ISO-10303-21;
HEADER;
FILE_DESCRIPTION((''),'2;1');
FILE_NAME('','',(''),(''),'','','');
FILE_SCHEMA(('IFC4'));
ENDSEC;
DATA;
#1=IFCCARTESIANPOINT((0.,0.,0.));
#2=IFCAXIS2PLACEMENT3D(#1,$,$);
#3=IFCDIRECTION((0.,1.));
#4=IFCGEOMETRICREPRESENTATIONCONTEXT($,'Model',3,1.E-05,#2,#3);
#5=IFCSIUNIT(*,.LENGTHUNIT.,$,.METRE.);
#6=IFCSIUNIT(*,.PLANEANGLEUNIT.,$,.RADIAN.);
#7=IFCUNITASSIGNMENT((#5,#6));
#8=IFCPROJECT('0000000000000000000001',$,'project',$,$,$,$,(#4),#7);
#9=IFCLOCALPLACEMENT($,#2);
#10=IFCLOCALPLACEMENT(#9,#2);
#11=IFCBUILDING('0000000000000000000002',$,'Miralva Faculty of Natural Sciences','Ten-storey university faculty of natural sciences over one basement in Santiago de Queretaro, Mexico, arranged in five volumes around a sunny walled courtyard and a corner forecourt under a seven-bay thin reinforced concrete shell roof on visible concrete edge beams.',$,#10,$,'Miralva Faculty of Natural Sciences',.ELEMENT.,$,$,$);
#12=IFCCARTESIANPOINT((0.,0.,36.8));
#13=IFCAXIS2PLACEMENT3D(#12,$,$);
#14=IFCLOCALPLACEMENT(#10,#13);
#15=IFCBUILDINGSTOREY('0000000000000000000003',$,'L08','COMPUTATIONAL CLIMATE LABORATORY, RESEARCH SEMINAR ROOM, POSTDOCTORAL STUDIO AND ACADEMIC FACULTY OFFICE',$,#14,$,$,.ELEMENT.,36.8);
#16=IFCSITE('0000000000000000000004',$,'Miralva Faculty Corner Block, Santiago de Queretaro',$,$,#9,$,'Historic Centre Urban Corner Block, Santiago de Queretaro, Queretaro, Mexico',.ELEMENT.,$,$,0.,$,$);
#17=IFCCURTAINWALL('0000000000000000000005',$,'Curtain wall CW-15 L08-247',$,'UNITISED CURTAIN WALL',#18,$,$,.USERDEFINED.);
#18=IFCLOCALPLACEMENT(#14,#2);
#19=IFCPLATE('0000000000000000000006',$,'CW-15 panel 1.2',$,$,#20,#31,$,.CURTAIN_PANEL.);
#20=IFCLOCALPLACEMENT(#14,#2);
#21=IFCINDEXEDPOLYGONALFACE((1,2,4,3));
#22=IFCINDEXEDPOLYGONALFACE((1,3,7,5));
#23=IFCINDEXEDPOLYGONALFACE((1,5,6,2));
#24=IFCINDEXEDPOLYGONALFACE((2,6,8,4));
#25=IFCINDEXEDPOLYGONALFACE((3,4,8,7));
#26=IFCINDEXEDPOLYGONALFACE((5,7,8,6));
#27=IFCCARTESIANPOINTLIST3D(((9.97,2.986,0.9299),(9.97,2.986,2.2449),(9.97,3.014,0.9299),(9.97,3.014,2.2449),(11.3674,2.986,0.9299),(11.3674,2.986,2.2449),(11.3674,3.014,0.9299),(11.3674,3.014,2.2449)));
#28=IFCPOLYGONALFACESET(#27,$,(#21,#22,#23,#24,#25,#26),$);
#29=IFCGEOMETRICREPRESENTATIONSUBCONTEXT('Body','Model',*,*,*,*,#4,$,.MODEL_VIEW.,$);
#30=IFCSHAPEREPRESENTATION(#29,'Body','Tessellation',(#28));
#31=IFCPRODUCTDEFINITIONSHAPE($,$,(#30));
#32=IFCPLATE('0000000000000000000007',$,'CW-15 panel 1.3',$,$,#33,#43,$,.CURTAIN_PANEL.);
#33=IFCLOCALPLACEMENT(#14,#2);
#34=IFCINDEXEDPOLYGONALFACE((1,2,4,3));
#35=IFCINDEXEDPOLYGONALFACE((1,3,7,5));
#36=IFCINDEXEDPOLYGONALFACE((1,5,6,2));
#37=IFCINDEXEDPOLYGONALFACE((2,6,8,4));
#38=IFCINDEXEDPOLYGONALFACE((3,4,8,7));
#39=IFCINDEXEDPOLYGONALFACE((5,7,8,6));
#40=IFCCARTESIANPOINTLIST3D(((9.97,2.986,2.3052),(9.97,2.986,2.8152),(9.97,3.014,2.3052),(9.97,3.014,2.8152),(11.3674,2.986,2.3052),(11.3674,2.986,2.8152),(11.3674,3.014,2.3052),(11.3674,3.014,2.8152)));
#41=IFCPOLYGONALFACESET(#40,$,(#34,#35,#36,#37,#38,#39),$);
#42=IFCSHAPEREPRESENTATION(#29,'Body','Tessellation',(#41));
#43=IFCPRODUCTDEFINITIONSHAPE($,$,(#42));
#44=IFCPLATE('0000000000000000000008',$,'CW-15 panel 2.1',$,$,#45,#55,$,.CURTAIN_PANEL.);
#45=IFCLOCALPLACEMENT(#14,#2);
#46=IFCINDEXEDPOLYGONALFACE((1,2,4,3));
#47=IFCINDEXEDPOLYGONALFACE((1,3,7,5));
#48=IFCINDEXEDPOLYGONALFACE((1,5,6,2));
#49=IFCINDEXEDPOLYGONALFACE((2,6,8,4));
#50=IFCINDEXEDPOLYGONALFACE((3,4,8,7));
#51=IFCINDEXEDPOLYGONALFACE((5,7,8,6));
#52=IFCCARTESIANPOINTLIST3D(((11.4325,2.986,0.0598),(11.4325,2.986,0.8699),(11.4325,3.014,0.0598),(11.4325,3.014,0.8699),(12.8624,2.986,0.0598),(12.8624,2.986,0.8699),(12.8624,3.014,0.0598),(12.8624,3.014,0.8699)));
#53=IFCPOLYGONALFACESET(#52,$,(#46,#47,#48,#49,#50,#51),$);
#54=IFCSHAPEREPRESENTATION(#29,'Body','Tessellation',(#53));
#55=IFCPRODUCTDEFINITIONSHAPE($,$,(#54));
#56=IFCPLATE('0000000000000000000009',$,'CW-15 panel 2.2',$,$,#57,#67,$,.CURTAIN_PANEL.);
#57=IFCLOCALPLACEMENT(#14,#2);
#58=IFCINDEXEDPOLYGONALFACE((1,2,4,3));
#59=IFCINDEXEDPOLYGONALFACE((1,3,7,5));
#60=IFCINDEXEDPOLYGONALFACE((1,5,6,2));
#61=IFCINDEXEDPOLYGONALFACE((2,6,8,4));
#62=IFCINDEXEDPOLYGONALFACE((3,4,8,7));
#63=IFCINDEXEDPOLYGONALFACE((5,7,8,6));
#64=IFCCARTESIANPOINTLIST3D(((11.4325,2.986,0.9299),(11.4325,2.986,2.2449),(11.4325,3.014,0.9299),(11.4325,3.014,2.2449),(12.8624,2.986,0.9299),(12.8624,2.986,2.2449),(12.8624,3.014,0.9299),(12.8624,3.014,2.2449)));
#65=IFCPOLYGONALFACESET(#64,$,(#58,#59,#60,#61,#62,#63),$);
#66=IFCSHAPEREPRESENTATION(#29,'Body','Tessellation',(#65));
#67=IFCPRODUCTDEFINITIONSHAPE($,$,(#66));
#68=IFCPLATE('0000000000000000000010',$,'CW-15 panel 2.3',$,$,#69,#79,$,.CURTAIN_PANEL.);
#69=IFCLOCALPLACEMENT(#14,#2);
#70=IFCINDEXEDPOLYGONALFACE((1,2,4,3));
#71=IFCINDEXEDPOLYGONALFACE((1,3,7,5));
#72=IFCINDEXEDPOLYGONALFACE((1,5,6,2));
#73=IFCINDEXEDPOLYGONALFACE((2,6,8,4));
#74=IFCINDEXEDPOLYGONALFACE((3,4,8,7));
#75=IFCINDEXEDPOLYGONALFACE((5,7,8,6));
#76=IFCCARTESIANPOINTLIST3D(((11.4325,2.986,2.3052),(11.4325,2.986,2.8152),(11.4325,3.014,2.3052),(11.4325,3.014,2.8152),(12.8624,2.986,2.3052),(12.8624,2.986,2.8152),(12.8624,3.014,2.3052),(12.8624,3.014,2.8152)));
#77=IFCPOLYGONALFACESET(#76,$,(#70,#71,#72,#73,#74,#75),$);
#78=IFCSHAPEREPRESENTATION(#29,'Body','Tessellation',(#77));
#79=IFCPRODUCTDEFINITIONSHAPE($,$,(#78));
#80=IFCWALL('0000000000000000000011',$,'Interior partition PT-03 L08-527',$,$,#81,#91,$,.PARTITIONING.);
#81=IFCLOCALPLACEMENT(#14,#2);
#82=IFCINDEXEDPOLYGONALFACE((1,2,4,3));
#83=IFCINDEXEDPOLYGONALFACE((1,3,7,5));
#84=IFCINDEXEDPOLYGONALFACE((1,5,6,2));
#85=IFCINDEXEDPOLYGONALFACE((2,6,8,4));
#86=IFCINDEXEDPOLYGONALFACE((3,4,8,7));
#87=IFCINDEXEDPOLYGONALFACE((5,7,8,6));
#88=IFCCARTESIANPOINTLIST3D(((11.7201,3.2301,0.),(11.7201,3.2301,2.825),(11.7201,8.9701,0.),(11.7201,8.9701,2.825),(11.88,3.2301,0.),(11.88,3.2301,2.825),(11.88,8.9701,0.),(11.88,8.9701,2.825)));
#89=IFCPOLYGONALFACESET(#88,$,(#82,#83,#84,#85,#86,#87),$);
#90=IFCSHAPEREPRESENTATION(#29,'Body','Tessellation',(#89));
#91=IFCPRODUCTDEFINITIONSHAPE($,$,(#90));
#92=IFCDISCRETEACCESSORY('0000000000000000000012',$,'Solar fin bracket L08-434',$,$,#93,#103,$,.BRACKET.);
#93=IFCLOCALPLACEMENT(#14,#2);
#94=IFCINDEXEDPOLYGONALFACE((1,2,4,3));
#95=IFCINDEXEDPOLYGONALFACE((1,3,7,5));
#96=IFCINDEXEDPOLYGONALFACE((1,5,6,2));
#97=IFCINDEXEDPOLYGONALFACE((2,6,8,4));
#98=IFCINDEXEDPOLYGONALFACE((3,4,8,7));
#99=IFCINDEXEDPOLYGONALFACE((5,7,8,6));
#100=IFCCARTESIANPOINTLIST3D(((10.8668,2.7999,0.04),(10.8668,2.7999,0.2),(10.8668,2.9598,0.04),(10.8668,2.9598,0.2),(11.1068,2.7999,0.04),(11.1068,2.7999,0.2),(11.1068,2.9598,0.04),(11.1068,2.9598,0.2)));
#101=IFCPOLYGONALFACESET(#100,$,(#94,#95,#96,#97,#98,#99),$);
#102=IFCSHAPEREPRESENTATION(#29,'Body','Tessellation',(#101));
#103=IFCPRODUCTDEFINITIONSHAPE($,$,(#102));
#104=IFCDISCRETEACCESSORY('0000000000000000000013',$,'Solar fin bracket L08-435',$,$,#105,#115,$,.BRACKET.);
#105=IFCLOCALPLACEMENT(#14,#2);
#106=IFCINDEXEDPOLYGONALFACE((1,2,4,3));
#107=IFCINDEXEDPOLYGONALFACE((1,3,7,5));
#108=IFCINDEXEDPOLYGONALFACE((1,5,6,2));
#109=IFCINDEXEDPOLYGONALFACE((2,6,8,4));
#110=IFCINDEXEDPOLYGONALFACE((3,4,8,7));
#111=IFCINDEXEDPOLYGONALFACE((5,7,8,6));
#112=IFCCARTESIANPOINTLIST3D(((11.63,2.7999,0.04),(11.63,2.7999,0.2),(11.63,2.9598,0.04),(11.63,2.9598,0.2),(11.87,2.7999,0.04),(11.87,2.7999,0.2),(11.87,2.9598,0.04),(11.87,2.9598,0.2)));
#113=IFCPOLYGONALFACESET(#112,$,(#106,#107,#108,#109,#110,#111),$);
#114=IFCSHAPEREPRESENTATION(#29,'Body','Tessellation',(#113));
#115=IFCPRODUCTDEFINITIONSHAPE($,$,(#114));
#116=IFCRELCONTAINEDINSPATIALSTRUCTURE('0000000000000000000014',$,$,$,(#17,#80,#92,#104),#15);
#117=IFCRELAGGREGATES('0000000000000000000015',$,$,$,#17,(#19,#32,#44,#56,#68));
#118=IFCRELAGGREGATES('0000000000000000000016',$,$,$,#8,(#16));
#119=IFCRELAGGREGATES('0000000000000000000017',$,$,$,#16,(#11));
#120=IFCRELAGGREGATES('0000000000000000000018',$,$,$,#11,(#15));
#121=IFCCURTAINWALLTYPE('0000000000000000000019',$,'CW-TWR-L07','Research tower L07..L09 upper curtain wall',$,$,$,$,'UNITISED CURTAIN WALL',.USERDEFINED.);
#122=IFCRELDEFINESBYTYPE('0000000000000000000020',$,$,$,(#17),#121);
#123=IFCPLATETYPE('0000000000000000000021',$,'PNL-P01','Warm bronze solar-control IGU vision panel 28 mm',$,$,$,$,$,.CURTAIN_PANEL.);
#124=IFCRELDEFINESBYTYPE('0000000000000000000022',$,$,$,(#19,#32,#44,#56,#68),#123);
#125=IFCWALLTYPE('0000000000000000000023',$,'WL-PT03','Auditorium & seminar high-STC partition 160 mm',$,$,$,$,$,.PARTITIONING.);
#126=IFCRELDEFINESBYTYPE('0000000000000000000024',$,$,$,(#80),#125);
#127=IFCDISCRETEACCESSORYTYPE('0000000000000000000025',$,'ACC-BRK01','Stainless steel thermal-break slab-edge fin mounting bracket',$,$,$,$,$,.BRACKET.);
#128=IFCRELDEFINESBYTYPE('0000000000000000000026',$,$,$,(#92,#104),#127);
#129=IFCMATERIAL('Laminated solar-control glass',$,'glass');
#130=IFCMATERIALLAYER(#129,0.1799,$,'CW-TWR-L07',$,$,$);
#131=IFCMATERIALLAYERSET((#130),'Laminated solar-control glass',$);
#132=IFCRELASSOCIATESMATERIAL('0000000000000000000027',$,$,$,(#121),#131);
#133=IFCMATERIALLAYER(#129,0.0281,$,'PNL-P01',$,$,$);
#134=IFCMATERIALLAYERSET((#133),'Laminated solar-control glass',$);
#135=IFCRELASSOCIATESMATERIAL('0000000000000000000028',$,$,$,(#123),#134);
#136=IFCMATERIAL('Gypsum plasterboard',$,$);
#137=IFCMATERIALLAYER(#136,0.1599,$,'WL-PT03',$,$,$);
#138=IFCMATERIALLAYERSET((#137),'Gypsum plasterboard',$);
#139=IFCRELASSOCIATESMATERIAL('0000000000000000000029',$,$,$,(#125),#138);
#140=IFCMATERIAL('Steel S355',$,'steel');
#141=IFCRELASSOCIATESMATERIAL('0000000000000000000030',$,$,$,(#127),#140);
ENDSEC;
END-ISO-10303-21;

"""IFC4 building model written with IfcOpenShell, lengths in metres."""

from ifc_helpers import new_model, si_unit, direction, frame, frame_2d, origin, origin_2d, place, context, subcontext, project, spatial, rectangle, extrude, material, layer, layer_set, type_object, element, aggregate, save


model = new_model("IFC4")

# Units and contexts
model_context = context("Model", 3, precision=1e-05, world=origin(), true_north=direction((0.0, 1.0)))
body_context = subcontext(model_context, "Body", "Model", "MODEL_VIEW")
ifc_project = project(units=[si_unit("LENGTHUNIT", "METRE"), si_unit("PLANEANGLEUNIT", "RADIAN")], contexts=[model_context])

# Site, building, storey
site_placement = place(None, origin())
site = spatial("IfcSite", under=ifc_project, at=site_placement, Name="Miralva Faculty Corner Block, Santiago de Queretaro", LongName="Historic Centre Urban Corner Block, Santiago de Queretaro, Queretaro, Mexico", CompositionType="ELEMENT", RefElevation=0.0)
building_placement = place(site_placement, origin())
building = spatial("IfcBuilding", under=site, at=building_placement, Name="Miralva Faculty of Natural Sciences", Description="Ten-storey university faculty of natural sciences over one basement in Santiago de Queretaro, Mexico, arranged in five volumes around a sunny walled courtyard and a corner forecourt under a seven-bay thin reinforced concrete shell roof on visible concrete edge beams.", LongName="Miralva Faculty of Natural Sciences", CompositionType="ELEMENT")
storey_placement = place(building_placement, frame((0.0, 0.0, 36.8)))
storey = spatial("IfcBuildingStorey", under=building, at=storey_placement, Name="L08", Description="COMPUTATIONAL CLIMATE LABORATORY, RESEARCH SEMINAR ROOM, POSTDOCTORAL STUDIO AND ACADEMIC FACULTY OFFICE", CompositionType="ELEMENT", Elevation=36.8)

# Curtain wall
ifc_material_1 = material(Name="Laminated solar-control glass", Category="glass")
ifc_layer_1 = layer(ifc_material_1, 0.1799, Name="CW-TWR-L07")
ifc_layer_set_1 = layer_set([ifc_layer_1], Name="Laminated solar-control glass")
curtain_wall_type = type_object("IfcCurtainWallType", Name="CW-TWR-L07", Description="Research tower L07..L09 upper curtain wall", ElementType="UNITISED CURTAIN WALL", PredefinedType="USERDEFINED", material=ifc_layer_set_1)
curtain_wall_placement = place(storey_placement, origin())
curtain_wall = element("IfcCurtainWall", 1, at=curtain_wall_placement, inside=storey, type_object=curtain_wall_type, Name="Curtain wall CW-15 L08-247", ObjectType="UNITISED CURTAIN WALL", PredefinedType="USERDEFINED")

# Plates
ifc_layer_2 = layer(ifc_material_1, 0.0281, Name="PNL-P01")
ifc_layer_set_2 = layer_set([ifc_layer_2], Name="Laminated solar-control glass")
plate_type = type_object("IfcPlateType", Name="PNL-P01", Description="Warm bronze solar-control IGU vision panel 28 mm", PredefinedType="CURTAIN_PANEL", material=ifc_layer_set_2)
plate_1_placement = place(storey_placement, frame((10.6687, 3.0, 0.9299), z_axis=(0.0, 0.0, 1.0), x_axis=(1.0, 0.0, 0.0)))
plate_1 = element("IfcPlate", 2, at=plate_1_placement, type_object=plate_type, Name="CW-15 panel 1.2", PredefinedType="CURTAIN_PANEL", context=body_context, shape_type="SweptSolid", body=[
    extrude(rectangle(XDim=1.3975, YDim=0.0281, at=origin_2d()), origin(), (0.0, 0.0, 1.0), 1.3149),
])
plate_2_placement = place(storey_placement, frame((10.6687, 3.0, 2.3052), z_axis=(0.0, 0.0, 1.0), x_axis=(1.0, 0.0, 0.0)))
plate_2 = element("IfcPlate", 3, at=plate_2_placement, type_object=plate_type, Name="CW-15 panel 1.3", PredefinedType="CURTAIN_PANEL", context=body_context, shape_type="SweptSolid", body=[
    extrude(rectangle(XDim=1.3975, YDim=0.0281, at=origin_2d()), origin(), (0.0, 0.0, 1.0), 0.51),
])
plate_3_placement = place(storey_placement, frame((12.1475, 3.0, 0.0598), z_axis=(0.0, 0.0, 1.0), x_axis=(1.0, 0.0, 0.0)))
plate_3 = element("IfcPlate", 4, at=plate_3_placement, type_object=plate_type, Name="CW-15 panel 2.1", PredefinedType="CURTAIN_PANEL", context=body_context, shape_type="SweptSolid", body=[
    extrude(rectangle(XDim=1.4299, YDim=0.0281, at=origin_2d()), origin(), (0.0, 0.0, 1.0), 0.8101),
])
plate_4_placement = place(storey_placement, frame((12.1475, 3.0, 0.9299), z_axis=(0.0, 0.0, 1.0), x_axis=(1.0, 0.0, 0.0)))
plate_4 = element("IfcPlate", 5, at=plate_4_placement, type_object=plate_type, Name="CW-15 panel 2.2", PredefinedType="CURTAIN_PANEL", context=body_context, shape_type="SweptSolid", body=[
    extrude(rectangle(XDim=1.4299, YDim=0.0281, at=origin_2d()), origin(), (0.0, 0.0, 1.0), 1.3149),
])
plate_5_placement = place(storey_placement, frame((12.1475, 3.0, 2.3052), z_axis=(0.0, 0.0, 1.0), x_axis=(1.0, 0.0, 0.0)))
plate_5 = element("IfcPlate", 6, at=plate_5_placement, type_object=plate_type, Name="CW-15 panel 2.3", PredefinedType="CURTAIN_PANEL", context=body_context, shape_type="SweptSolid", body=[
    extrude(rectangle(XDim=1.4299, YDim=0.0281, at=origin_2d()), origin(), (0.0, 0.0, 1.0), 0.51),
])
aggregate(curtain_wall, [plate_1, plate_2, plate_3, plate_4, plate_5])

# Wall
ifc_material_2 = material(Name="Gypsum plasterboard")
ifc_layer_3 = layer(ifc_material_2, 0.1599, Name="WL-PT03")
ifc_layer_set_3 = layer_set([ifc_layer_3], Name="Gypsum plasterboard")
wall_type = type_object("IfcWallType", Name="WL-PT03", Description="Auditorium & seminar high-STC partition 160 mm", PredefinedType="PARTITIONING", material=ifc_layer_set_3)
wall_placement = place(storey_placement, frame((11.8, 3.23, 0.0), z_axis=(0.0, 0.0, 1.0), x_axis=(0.0, 1.0, 0.0)))
element("IfcWall", 7, at=wall_placement, inside=storey, type_object=wall_type, Name="Interior partition PT-03 L08-527", PredefinedType="PARTITIONING", context=body_context, shape_type="SweptSolid", body=[
    extrude(rectangle(XDim=5.74, YDim=0.1599, at=frame_2d((2.8701, 0.0))), origin(), (0.0, 0.0, 1.0), 2.825),
])

# Discrete accessories
ifc_material_3 = material(Name="Steel S355", Category="steel")
discrete_accessory_type = type_object("IfcDiscreteAccessoryType", Name="ACC-BRK01", Description="Stainless steel thermal-break slab-edge fin mounting bracket", PredefinedType="BRACKET", material=ifc_material_3)
for number, where, z_axis, x_axis, name in (
    (8, (10.9868, 2.8799, 0.04), (0.0, 0.0, 1.0), (0.0, -1.0, 0.0), "Solar fin bracket L08-434"),
    (9, (11.75, 2.8799, 0.04), (0.0, 0.0, 1.0), (0.0, -1.0, 0.0), "Solar fin bracket L08-435"),
):
    element("IfcDiscreteAccessory", number, at=place(storey_placement, frame(where, z_axis=z_axis, x_axis=x_axis)), inside=storey, type_object=discrete_accessory_type, Name=name, PredefinedType="BRACKET", context=body_context, shape_type="SweptSolid", body=[
        extrude(rectangle(XDim=0.1599, YDim=0.24, at=origin_2d()), origin(), (0.0, 0.0, 1.0), 0.1599),
    ])

save(model, "model.ifc")
